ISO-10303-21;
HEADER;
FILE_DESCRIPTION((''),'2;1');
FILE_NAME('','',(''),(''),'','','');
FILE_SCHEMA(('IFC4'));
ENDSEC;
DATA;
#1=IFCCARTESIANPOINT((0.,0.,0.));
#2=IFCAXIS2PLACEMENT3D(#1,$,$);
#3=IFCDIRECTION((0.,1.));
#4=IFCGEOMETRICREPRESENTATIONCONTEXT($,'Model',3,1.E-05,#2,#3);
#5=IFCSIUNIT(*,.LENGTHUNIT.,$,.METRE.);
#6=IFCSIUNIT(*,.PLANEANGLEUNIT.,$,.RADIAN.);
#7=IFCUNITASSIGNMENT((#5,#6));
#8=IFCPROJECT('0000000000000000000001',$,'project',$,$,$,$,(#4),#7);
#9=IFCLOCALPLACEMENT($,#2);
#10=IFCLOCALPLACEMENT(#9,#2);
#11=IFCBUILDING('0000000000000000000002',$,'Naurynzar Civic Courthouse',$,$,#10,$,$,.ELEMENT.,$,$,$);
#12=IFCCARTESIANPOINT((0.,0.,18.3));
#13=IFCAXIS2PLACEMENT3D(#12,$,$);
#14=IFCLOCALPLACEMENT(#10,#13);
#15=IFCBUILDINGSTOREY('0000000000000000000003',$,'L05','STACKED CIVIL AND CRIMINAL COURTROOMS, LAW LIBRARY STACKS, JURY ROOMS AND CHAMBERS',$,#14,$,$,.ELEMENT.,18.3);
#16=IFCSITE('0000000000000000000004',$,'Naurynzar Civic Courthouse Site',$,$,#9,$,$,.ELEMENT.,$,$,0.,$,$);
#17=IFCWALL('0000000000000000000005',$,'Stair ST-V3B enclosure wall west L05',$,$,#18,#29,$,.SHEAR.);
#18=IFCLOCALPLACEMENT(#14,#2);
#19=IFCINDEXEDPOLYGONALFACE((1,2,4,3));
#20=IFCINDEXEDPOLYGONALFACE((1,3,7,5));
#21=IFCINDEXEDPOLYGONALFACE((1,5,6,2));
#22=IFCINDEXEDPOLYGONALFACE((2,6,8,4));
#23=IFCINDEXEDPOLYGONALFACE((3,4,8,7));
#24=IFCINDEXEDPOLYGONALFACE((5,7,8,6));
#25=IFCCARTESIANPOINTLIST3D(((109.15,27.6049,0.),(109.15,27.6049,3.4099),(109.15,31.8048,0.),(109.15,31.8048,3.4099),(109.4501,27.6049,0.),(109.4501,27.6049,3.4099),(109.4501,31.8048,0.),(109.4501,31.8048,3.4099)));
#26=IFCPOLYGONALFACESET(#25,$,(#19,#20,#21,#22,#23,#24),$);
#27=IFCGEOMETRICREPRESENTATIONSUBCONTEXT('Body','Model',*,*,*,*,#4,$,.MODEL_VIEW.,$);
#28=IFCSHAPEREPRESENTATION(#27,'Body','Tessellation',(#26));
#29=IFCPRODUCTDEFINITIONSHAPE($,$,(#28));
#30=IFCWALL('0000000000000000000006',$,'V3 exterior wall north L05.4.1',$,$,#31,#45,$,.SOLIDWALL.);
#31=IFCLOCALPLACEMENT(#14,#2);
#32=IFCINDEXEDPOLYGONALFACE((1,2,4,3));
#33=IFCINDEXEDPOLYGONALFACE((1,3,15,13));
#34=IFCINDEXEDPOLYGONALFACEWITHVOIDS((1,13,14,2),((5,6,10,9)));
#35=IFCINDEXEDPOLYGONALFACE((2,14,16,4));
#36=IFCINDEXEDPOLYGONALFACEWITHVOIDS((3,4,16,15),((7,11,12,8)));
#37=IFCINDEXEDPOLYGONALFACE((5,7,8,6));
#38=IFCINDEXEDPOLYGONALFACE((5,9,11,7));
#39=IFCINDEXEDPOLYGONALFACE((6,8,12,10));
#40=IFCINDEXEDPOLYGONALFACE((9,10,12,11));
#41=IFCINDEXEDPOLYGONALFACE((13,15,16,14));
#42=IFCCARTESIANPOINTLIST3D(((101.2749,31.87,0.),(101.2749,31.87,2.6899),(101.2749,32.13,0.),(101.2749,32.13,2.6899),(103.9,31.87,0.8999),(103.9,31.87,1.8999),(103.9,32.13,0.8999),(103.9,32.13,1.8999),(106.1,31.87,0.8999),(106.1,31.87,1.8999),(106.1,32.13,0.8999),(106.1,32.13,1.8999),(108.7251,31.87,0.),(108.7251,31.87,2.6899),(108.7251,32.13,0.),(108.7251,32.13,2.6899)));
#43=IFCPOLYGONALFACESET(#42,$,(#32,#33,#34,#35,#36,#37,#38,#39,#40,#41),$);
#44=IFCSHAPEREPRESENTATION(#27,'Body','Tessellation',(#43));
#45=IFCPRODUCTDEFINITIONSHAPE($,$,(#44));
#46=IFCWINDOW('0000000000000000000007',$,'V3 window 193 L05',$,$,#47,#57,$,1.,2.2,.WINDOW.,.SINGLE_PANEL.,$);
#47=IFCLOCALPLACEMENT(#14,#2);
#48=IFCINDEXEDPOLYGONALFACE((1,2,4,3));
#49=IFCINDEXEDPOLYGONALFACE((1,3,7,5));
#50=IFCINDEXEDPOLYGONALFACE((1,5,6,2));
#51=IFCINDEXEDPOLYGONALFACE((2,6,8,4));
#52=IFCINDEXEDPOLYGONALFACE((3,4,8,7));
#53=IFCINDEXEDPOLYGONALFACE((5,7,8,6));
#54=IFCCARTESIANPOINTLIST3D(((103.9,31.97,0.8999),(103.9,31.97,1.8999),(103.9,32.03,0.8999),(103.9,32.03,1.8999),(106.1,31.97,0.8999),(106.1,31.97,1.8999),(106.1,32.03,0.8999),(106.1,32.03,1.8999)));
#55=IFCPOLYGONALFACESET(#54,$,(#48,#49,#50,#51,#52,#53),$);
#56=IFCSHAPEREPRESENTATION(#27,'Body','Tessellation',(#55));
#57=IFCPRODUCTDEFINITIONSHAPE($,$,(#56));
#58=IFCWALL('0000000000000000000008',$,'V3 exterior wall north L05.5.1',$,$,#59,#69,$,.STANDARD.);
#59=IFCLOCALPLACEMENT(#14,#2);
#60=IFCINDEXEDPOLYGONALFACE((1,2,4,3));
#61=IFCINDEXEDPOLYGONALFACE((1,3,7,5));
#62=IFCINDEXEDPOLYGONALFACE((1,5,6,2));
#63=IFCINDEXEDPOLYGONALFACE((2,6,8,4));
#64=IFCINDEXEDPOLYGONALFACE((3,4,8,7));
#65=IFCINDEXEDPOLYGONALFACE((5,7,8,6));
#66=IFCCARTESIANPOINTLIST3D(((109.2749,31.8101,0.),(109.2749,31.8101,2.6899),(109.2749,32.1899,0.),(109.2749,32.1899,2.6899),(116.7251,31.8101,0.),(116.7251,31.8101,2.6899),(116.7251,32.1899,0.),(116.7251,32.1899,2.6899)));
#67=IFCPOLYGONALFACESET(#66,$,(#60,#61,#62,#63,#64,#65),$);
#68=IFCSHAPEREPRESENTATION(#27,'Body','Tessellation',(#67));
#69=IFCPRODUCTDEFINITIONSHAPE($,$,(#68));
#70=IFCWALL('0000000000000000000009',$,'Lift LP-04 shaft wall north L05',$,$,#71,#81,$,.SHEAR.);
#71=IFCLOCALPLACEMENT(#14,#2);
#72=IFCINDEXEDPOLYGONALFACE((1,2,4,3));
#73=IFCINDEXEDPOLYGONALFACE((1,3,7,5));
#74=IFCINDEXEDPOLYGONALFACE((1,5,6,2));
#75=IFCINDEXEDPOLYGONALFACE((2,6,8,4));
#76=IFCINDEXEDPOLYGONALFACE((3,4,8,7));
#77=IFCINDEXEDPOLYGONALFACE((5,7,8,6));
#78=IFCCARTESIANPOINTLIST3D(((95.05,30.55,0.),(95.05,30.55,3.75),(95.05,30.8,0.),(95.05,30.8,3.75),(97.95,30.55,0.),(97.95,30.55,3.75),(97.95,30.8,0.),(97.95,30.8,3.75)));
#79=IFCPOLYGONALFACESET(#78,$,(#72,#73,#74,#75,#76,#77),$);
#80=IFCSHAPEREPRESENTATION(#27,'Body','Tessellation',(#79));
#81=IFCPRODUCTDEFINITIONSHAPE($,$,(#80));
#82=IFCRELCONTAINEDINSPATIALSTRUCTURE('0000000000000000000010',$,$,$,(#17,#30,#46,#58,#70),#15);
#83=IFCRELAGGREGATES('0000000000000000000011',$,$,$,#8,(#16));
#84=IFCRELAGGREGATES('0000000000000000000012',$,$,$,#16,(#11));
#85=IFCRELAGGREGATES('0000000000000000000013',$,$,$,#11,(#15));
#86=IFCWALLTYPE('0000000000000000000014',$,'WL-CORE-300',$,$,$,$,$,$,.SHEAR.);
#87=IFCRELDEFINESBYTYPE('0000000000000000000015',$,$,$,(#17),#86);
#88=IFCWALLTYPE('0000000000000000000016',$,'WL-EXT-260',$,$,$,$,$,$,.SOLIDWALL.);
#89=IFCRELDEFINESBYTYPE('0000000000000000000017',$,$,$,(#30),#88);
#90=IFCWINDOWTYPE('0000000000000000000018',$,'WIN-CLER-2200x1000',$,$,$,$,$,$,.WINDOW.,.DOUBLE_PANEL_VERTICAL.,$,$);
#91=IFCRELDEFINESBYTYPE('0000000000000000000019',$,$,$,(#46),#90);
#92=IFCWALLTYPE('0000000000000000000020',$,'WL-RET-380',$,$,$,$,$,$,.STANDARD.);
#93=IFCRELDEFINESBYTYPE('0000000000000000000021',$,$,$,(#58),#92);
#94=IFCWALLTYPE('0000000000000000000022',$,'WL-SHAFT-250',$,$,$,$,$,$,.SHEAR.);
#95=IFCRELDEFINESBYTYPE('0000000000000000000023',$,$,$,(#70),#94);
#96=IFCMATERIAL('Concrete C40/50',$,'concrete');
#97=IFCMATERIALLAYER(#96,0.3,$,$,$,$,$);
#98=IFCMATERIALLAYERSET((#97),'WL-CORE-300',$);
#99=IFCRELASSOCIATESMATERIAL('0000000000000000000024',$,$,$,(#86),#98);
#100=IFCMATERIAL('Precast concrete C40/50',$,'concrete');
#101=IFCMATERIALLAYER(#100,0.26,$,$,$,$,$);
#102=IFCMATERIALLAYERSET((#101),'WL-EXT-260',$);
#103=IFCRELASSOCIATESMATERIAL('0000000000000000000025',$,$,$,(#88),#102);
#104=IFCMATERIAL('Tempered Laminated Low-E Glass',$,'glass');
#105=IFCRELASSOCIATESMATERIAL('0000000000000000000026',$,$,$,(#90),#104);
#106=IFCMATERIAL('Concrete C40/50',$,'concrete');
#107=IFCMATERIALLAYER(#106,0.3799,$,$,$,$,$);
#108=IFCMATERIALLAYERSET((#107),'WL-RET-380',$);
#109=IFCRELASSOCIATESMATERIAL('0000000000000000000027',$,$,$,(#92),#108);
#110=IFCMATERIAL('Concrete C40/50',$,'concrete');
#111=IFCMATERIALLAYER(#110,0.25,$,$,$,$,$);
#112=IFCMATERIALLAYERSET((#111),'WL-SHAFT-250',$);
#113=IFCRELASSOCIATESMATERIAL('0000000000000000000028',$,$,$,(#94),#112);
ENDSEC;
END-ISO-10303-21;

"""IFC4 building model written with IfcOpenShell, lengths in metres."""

from ifc_helpers import new_model, si_unit, direction, frame, frame_2d, origin, place, context, subcontext, project, spatial, rectangle, extrude, material, layer, layer_set, type_object, element, fill, save


model = new_model("IFC4")

# Units and contexts
model_context = context("Model", 3, precision=1e-05, world=origin(), true_north=direction((0.0, 1.0)))
body_context = subcontext(model_context, "Body", "Model", "MODEL_VIEW")
ifc_project = project(units=[si_unit("LENGTHUNIT", "METRE"), si_unit("PLANEANGLEUNIT", "RADIAN")], contexts=[model_context])

# Site, building, storey
site_placement = place(None, origin())
site = spatial("IfcSite", under=ifc_project, at=site_placement, Name="Naurynzar Civic Courthouse Site", CompositionType="ELEMENT", RefElevation=0.0)
building_placement = place(site_placement, origin())
building = spatial("IfcBuilding", under=site, at=building_placement, Name="Naurynzar Civic Courthouse", CompositionType="ELEMENT")
storey_placement = place(building_placement, frame((0.0, 0.0, 18.3)))
storey = spatial("IfcBuildingStorey", under=building, at=storey_placement, Name="L05", Description="STACKED CIVIL AND CRIMINAL COURTROOMS, LAW LIBRARY STACKS, JURY ROOMS AND CHAMBERS", CompositionType="ELEMENT", Elevation=18.3)

# Wall
ifc_material_1 = material(Name="Concrete C40/50", Category="concrete")
ifc_layer_1 = layer(ifc_material_1, 0.3)
ifc_layer_set_1 = layer_set([ifc_layer_1], Name="WL-CORE-300")
wall_type_1 = type_object("IfcWallType", Name="WL-CORE-300", PredefinedType="SHEAR", material=ifc_layer_set_1)
wall_1_placement = place(storey_placement, frame((109.3, 31.8049, 0.0), z_axis=(0.0, 0.0, 1.0), x_axis=(0.0, -1.0, 0.0)))
element("IfcWall", 1, at=wall_1_placement, inside=storey, type_object=wall_type_1, Name="Stair ST-V3B enclosure wall west L05", PredefinedType="SHEAR", context=body_context, shape_type="SweptSolid", body=[
    extrude(rectangle(XDim=4.2, YDim=0.3, at=frame_2d((2.1001, 0.0))), origin(), (0.0, 0.0, 1.0), 3.4099),
])

# Wall, opening, window
ifc_material_2 = material(Name="Precast concrete C40/50", Category="concrete")
ifc_layer_2 = layer(ifc_material_2, 0.26)
ifc_layer_set_2 = layer_set([ifc_layer_2], Name="WL-EXT-260")
wall_type_2 = type_object("IfcWallType", Name="WL-EXT-260", PredefinedType="SOLIDWALL", material=ifc_layer_set_2)
wall_2_placement = place(storey_placement, frame((101.2749, 32.0, 0.0), z_axis=(0.0, 0.0, 1.0), x_axis=(1.0, 0.0, 0.0)))
wall_2 = element("IfcWall", 2, at=wall_2_placement, inside=storey, type_object=wall_type_2, Name="V3 exterior wall north L05.4.1", PredefinedType="SOLIDWALL", context=body_context, shape_type="SweptSolid", body=[
    extrude(rectangle(XDim=7.4502, YDim=0.26, at=frame_2d((3.7251, 0.0))), origin(), (0.0, 0.0, 1.0), 2.6899),
])
opening_placement = place(wall_2_placement, frame((2.625, 0.0, 0.8999)))
opening = element("IfcOpeningElement", 3, at=opening_placement, cuts=wall_2, PredefinedType="OPENING", context=body_context, shape_type="SweptSolid", body=[
    extrude(rectangle(XDim=2.2, YDim=1.0, at=frame_2d((1.1001, 0.5))), frame((0.0, 0.1399, 0.0), z_axis=(0.0, -1.0, 0.0), x_axis=(1.0, 0.0, 0.0)), (0.0, 0.0, 1.0), 0.28),
])
ifc_material_3 = material(Name="Tempered Laminated Low-E Glass", Category="glass")
window_type = type_object("IfcWindowType", Name="WIN-CLER-2200x1000", PartitioningType="DOUBLE_PANEL_VERTICAL", PredefinedType="WINDOW", material=ifc_material_3)
window_placement = place(opening_placement, origin())
window = element("IfcWindow", 4, at=window_placement, inside=storey, type_object=window_type, Name="V3 window 193 L05", OverallHeight=1.0, OverallWidth=2.2, PartitioningType="SINGLE_PANEL", PredefinedType="WINDOW", context=body_context, shape_type="SweptSolid", body=[
    extrude(rectangle(XDim=2.2, YDim=1.0, at=frame_2d((1.1001, 0.5))), frame((0.0, 0.03, 0.0), z_axis=(0.0, -1.0, 0.0), x_axis=(1.0, 0.0, 0.0)), (0.0, 0.0, 1.0), 0.0601),
])
fill(opening, window)

# Walls
ifc_material_4 = material(Name="Concrete C40/50", Category="concrete")
ifc_layer_3 = layer(ifc_material_4, 0.3799)
ifc_layer_set_3 = layer_set([ifc_layer_3], Name="WL-RET-380")
wall_type_3 = type_object("IfcWallType", Name="WL-RET-380", PredefinedType="STANDARD", material=ifc_layer_set_3)
wall_3_placement = place(storey_placement, frame((109.2749, 32.0, 0.0), z_axis=(0.0, 0.0, 1.0), x_axis=(1.0, 0.0, 0.0)))
element("IfcWall", 5, at=wall_3_placement, inside=storey, type_object=wall_type_3, Name="V3 exterior wall north L05.5.1", PredefinedType="STANDARD", context=body_context, shape_type="SweptSolid", body=[
    extrude(rectangle(XDim=7.4502, YDim=0.3799, at=frame_2d((3.7251, 0.0))), origin(), (0.0, 0.0, 1.0), 2.6899),
])
ifc_material_5 = material(Name="Concrete C40/50", Category="concrete")
ifc_layer_4 = layer(ifc_material_5, 0.25)
ifc_layer_set_4 = layer_set([ifc_layer_4], Name="WL-SHAFT-250")
wall_type_4 = type_object("IfcWallType", Name="WL-SHAFT-250", PredefinedType="SHEAR", material=ifc_layer_set_4)
wall_4_placement = place(storey_placement, frame((97.95, 30.675, 0.0), z_axis=(0.0, 0.0, 1.0), x_axis=(-1.0, 0.0, 0.0)))
element("IfcWall", 6, at=wall_4_placement, inside=storey, type_object=wall_type_4, Name="Lift LP-04 shaft wall north L05", PredefinedType="SHEAR", context=body_context, shape_type="SweptSolid", body=[
    extrude(rectangle(XDim=2.8999, YDim=0.25, at=frame_2d((1.45, 0.0))), origin(), (0.0, 0.0, 1.0), 3.75),
])

save(model, "model.ifc")
